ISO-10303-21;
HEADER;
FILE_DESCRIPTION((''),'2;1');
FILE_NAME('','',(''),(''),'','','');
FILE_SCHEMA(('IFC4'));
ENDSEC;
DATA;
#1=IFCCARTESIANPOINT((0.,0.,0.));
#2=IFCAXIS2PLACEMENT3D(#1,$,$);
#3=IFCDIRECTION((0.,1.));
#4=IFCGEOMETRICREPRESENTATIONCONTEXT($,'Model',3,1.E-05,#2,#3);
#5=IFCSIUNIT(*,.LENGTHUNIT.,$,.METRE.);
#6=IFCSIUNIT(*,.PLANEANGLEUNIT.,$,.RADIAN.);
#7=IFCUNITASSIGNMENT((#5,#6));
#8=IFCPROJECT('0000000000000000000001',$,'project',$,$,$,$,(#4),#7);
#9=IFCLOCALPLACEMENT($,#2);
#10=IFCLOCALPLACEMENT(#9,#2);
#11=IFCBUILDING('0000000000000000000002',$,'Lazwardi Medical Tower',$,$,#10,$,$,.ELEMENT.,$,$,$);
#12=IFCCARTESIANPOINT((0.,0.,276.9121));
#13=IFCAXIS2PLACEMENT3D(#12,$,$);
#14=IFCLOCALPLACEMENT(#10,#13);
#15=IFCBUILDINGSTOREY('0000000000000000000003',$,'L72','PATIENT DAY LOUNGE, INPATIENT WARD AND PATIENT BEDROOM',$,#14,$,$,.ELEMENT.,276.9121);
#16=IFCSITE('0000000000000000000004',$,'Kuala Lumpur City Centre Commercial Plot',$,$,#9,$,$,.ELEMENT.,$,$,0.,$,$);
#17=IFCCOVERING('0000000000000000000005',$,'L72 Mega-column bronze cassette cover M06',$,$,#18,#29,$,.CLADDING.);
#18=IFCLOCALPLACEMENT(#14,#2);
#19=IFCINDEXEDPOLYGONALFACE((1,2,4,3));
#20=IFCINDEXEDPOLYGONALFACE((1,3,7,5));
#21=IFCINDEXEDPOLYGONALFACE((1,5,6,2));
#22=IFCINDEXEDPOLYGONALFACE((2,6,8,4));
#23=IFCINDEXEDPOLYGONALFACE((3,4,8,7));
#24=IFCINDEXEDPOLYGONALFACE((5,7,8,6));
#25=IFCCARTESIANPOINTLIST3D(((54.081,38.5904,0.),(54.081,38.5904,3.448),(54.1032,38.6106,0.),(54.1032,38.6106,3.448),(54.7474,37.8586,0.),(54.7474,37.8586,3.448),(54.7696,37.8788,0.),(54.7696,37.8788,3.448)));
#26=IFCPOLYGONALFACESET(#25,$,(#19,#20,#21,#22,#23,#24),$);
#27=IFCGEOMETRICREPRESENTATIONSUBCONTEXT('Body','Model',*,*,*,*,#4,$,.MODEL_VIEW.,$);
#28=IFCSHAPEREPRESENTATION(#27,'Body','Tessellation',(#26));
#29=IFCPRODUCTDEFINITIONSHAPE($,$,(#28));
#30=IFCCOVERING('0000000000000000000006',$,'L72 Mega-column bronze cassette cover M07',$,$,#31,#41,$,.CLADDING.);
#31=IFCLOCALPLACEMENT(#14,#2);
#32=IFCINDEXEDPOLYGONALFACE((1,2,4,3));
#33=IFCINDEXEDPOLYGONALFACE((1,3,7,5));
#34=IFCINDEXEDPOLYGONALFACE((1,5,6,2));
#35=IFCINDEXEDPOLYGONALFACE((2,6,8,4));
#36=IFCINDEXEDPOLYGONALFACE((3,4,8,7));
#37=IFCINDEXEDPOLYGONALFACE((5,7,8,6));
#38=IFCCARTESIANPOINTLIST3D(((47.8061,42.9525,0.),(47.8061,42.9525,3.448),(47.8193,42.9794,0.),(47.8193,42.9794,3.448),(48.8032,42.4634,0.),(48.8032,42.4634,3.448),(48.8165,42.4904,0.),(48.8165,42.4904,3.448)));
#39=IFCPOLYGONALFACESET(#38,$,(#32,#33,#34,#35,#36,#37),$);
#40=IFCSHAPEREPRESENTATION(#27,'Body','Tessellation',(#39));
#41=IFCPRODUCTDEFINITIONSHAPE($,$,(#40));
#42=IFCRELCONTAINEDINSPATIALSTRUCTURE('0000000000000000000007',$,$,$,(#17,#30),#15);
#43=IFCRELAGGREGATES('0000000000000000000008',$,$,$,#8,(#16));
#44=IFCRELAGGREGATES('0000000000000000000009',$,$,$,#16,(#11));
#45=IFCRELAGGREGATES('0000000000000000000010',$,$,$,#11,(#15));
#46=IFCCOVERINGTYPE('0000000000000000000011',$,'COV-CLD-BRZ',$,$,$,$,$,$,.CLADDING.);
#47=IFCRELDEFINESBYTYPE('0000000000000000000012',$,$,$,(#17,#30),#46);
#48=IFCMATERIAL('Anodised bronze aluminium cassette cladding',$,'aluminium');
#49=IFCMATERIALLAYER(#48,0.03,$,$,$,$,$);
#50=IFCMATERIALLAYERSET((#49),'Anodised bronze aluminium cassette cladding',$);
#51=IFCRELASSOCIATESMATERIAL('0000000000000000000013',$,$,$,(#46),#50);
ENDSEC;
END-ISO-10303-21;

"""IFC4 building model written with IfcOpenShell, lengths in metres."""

from ifc_helpers import new_model, si_unit, direction, frame, origin, origin_2d, place, context, subcontext, project, spatial, rectangle, extrude, material, layer, layer_set, type_object, element, save


model = new_model("IFC4")

# Units and contexts
model_context = context("Model", 3, precision=1e-05, world=origin(), true_north=direction((0.0, 1.0)))
body_context = subcontext(model_context, "Body", "Model", "MODEL_VIEW")
ifc_project = project(units=[si_unit("LENGTHUNIT", "METRE"), si_unit("PLANEANGLEUNIT", "RADIAN")], contexts=[model_context])

# Site, building, storey
site_placement = place(None, origin())
site = spatial("IfcSite", under=ifc_project, at=site_placement, Name="Kuala Lumpur City Centre Commercial Plot", CompositionType="ELEMENT", RefElevation=0.0)
building_placement = place(site_placement, origin())
building = spatial("IfcBuilding", under=site, at=building_placement, Name="Lazwardi Medical Tower", CompositionType="ELEMENT")
storey_placement = place(building_placement, frame((0.0, 0.0, 276.9121)))
storey = spatial("IfcBuildingStorey", under=building, at=storey_placement, Name="L72", Description="PATIENT DAY LOUNGE, INPATIENT WARD AND PATIENT BEDROOM", CompositionType="ELEMENT", Elevation=276.9121)

# Coverings
ifc_material_1 = material(Name="Anodised bronze aluminium cassette cladding", Category="aluminium")
ifc_layer_1 = layer(ifc_material_1, 0.03)
ifc_layer_set_1 = layer_set([ifc_layer_1], Name="Anodised bronze aluminium cassette cladding")
covering_type = type_object("IfcCoveringType", Name="COV-CLD-BRZ", PredefinedType="CLADDING", material=ifc_layer_set_1)
covering_1_placement = place(storey_placement, frame((54.4253, 38.2346, 0.0), z_axis=(0.0, 0.0, 1.0), x_axis=(-0.673241, 0.739423, 0.0)))
element("IfcCovering", 1, at=covering_1_placement, inside=storey, type_object=covering_type, Name="L72 Mega-column bronze cassette cover M06", PredefinedType="CLADDING", context=body_context, shape_type="SweptSolid", body=[
    extrude(rectangle(XDim=0.9897, YDim=0.03, at=origin_2d()), origin(), (0.0, 0.0, 1.0), 3.448),
])
covering_2_placement = place(storey_placement, frame((48.3113, 42.7214, 0.0), z_axis=(0.0, 0.0, 1.0), x_axis=(-0.89784, 0.440322, 0.0)))
element("IfcCovering", 2, at=covering_2_placement, inside=storey, type_object=covering_type, Name="L72 Mega-column bronze cassette cover M07", PredefinedType="CLADDING", context=body_context, shape_type="SweptSolid", body=[
    extrude(rectangle(XDim=1.1106, YDim=0.03, at=origin_2d()), origin(), (0.0, 0.0, 1.0), 3.448),
])

save(model, "model.ifc")
